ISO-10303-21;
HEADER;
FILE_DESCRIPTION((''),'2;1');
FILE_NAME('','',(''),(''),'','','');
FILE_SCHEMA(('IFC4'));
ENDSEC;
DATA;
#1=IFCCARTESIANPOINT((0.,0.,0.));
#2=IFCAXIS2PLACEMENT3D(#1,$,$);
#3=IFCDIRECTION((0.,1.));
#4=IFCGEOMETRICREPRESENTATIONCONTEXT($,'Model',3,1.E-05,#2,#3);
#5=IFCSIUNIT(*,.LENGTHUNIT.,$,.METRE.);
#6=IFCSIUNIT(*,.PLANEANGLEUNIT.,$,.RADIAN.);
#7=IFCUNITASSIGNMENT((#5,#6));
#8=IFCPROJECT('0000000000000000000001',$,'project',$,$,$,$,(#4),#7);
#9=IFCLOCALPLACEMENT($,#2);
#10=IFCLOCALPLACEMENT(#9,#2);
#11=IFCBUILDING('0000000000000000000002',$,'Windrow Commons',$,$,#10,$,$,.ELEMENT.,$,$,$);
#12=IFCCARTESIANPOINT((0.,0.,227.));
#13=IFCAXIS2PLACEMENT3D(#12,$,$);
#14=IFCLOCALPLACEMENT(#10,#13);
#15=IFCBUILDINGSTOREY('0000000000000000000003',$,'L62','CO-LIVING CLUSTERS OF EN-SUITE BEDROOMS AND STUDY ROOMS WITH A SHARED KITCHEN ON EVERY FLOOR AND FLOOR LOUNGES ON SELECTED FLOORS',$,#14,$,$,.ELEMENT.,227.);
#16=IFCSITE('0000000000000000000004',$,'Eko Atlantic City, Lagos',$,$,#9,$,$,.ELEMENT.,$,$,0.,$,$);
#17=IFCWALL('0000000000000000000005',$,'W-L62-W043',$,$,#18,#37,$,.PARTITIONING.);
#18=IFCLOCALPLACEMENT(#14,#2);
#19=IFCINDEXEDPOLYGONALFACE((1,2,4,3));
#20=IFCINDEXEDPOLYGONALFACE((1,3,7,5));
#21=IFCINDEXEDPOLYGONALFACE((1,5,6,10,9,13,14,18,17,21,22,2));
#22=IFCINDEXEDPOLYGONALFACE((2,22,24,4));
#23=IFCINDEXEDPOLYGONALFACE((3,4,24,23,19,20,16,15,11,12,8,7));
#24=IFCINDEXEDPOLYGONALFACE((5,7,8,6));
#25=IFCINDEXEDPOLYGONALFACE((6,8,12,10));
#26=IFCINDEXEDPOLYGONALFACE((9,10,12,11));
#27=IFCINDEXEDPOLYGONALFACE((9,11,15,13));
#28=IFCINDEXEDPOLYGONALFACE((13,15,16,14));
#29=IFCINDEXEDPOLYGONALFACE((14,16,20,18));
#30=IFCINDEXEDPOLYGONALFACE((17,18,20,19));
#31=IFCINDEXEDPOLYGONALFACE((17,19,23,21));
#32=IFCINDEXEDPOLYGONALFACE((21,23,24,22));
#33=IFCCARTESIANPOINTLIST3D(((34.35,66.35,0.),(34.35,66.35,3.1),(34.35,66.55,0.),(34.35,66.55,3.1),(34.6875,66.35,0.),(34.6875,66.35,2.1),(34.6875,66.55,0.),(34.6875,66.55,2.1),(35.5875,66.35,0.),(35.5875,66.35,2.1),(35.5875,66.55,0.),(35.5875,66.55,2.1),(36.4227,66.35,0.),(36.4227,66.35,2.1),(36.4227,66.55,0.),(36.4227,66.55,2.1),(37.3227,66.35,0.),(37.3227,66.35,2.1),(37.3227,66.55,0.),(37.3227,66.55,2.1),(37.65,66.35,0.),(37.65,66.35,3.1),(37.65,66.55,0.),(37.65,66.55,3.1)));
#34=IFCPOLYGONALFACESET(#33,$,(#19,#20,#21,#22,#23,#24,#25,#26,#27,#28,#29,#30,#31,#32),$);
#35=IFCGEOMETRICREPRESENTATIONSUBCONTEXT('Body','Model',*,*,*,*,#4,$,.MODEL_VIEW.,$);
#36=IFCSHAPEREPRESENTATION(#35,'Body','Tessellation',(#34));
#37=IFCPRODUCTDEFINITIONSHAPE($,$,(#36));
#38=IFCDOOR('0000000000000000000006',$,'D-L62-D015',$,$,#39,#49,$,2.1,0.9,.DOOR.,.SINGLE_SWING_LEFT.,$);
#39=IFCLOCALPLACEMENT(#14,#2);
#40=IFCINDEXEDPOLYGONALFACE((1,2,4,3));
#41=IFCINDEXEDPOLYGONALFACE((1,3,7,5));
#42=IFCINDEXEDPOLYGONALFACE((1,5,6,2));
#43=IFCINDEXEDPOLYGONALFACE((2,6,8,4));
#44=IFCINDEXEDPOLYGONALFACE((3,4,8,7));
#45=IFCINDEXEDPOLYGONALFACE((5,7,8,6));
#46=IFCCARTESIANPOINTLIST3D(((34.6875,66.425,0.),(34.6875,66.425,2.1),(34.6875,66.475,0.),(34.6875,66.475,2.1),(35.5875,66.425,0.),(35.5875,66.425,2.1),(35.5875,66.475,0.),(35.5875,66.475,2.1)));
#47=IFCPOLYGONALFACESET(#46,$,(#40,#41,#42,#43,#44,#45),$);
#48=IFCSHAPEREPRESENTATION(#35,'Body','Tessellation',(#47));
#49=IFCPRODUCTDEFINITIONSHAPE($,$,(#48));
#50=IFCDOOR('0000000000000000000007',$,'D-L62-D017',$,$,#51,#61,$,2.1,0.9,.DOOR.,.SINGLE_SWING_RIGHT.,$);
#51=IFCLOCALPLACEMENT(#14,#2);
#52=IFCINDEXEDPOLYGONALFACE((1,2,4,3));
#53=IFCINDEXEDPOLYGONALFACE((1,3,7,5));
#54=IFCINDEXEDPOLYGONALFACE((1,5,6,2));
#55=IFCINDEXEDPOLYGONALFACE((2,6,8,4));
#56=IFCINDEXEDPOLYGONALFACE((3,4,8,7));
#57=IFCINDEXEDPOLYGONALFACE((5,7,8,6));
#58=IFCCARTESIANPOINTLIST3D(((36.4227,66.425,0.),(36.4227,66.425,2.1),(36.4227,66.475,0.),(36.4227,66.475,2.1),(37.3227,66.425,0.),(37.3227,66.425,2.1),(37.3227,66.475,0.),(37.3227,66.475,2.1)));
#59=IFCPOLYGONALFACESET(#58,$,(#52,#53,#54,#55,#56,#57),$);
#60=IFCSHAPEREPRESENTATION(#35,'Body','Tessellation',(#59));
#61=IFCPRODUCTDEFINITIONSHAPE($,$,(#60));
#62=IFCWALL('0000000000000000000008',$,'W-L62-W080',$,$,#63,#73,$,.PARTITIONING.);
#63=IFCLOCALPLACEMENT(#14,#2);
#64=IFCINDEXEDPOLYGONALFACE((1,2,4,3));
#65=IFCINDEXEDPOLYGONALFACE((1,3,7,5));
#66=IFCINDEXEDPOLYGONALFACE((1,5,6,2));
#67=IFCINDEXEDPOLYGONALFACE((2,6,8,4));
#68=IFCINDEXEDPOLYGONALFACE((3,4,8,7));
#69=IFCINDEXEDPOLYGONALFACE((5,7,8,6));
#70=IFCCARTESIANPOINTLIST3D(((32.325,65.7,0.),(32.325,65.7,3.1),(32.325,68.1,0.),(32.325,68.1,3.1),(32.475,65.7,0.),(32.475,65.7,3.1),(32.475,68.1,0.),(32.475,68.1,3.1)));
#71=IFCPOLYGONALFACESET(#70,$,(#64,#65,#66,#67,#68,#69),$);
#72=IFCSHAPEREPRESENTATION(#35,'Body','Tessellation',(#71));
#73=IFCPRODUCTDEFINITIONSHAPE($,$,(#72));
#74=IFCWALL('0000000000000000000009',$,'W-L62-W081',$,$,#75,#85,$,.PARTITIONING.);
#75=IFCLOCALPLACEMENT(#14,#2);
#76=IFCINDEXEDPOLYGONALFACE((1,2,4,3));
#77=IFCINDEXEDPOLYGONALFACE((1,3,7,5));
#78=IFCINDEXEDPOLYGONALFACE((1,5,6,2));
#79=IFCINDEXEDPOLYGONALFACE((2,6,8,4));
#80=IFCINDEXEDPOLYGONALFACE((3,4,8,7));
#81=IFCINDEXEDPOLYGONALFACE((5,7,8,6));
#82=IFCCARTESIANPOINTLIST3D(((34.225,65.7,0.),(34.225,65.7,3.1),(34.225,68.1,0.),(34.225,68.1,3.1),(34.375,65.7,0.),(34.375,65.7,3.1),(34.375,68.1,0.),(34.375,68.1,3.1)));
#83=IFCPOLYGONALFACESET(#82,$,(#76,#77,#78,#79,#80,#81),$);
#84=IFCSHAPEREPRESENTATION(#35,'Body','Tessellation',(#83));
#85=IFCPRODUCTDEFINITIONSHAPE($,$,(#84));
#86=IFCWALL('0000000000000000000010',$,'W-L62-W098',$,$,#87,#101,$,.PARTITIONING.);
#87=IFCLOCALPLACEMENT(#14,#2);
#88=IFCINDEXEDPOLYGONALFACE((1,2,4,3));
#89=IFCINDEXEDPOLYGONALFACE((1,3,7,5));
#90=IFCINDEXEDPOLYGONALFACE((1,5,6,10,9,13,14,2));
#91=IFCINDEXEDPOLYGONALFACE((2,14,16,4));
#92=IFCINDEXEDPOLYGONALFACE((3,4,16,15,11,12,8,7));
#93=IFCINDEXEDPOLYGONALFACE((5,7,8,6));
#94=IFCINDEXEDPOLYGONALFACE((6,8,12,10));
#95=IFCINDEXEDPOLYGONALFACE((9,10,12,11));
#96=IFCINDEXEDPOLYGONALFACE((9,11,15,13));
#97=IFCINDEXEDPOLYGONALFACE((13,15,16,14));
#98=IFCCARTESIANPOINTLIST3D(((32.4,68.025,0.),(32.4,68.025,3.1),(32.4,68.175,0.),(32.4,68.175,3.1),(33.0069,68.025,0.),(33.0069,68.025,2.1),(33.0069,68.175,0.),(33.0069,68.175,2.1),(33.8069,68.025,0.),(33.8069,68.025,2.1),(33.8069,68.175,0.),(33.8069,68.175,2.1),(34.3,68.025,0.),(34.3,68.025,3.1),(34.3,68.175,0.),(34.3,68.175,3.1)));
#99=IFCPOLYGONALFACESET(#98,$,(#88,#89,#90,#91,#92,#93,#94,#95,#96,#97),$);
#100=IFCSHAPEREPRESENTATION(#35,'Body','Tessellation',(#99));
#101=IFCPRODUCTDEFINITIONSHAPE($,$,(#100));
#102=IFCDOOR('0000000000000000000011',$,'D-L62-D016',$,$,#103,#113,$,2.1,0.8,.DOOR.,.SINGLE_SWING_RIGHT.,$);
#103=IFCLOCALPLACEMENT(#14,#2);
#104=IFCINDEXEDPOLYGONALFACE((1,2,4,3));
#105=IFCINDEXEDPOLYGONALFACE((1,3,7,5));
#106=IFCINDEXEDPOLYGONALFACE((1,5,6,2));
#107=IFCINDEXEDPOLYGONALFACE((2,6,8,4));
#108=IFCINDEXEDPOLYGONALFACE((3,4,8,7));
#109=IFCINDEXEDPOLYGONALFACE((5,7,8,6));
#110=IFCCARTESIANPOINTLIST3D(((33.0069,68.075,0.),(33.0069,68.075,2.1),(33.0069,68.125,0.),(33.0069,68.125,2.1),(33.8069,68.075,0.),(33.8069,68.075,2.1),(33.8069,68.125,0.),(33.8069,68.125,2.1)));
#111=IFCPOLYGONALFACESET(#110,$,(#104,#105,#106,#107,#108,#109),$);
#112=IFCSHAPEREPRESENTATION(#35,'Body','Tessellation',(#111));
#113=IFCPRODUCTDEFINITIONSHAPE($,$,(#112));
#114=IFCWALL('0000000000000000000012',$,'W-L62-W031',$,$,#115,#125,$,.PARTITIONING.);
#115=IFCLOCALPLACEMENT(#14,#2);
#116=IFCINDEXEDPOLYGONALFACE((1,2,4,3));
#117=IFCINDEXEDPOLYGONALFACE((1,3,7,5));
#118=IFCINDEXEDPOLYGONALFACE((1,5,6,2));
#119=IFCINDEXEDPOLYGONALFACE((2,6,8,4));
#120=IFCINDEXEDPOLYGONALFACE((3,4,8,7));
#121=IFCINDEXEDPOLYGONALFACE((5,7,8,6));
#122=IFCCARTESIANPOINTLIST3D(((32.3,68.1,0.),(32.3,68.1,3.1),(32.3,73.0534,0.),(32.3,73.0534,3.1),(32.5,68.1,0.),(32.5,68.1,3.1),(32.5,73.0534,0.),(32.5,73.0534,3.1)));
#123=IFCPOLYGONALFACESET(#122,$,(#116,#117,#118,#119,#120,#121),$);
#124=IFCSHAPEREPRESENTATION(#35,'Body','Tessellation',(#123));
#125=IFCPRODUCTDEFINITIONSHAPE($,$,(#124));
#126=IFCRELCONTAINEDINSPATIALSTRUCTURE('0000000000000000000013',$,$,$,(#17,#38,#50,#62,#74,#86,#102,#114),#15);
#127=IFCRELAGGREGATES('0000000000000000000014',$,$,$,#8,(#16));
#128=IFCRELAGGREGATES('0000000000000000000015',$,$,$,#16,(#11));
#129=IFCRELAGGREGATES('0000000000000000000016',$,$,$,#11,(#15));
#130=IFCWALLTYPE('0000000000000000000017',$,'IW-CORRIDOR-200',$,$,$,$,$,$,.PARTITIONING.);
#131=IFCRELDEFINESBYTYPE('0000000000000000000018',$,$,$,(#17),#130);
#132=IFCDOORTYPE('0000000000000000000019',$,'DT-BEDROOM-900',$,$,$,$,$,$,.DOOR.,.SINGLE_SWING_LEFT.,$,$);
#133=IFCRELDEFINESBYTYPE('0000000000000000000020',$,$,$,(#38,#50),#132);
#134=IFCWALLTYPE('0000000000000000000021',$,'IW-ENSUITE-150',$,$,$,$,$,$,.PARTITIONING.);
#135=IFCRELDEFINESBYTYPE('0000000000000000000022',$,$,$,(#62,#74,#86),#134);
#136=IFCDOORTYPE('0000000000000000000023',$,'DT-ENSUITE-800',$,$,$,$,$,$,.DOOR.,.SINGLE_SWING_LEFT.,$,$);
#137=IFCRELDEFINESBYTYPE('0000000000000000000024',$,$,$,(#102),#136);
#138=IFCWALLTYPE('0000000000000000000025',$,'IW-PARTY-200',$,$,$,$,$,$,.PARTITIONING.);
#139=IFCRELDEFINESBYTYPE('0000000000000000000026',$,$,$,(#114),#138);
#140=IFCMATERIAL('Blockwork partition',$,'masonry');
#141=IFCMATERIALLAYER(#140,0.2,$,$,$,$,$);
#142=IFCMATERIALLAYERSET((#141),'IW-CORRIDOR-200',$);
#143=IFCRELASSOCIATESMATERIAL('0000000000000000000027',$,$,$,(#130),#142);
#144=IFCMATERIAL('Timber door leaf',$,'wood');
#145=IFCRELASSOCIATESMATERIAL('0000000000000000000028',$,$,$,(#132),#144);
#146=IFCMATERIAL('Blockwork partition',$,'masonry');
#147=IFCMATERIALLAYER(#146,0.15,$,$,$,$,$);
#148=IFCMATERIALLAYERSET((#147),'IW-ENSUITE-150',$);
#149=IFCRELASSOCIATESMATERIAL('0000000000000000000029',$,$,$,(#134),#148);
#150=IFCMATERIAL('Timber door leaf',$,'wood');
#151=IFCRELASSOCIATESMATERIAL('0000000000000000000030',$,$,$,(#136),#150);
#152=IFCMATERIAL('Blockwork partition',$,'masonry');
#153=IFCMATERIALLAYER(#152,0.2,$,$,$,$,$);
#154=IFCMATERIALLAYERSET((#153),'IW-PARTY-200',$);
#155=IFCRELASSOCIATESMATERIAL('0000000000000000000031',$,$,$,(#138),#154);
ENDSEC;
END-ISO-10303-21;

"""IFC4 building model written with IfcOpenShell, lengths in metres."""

from ifc_helpers import new_model, si_unit, direction, frame, frame_2d, origin, place, context, subcontext, project, spatial, rectangle, extrude, material, layer, layer_set, type_object, element, fill, save


model = new_model("IFC4")

# Units and contexts
model_context = context("Model", 3, precision=1e-05, world=origin(), true_north=direction((0.0, 1.0)))
body_context = subcontext(model_context, "Body", "Model", "MODEL_VIEW")
ifc_project = project(units=[si_unit("LENGTHUNIT", "METRE"), si_unit("PLANEANGLEUNIT", "RADIAN")], contexts=[model_context])

# Site, building, storey
site_placement = place(None, origin())
site = spatial("IfcSite", under=ifc_project, at=site_placement, Name="Eko Atlantic City, Lagos", CompositionType="ELEMENT", RefElevation=0.0)
building_placement = place(site_placement, origin())
building = spatial("IfcBuilding", under=site, at=building_placement, Name="Windrow Commons", CompositionType="ELEMENT")
storey_placement = place(building_placement, frame((0.0, 0.0, 227.0)))
storey = spatial("IfcBuildingStorey", under=building, at=storey_placement, Name="L62", Description="CO-LIVING CLUSTERS OF EN-SUITE BEDROOMS AND STUDY ROOMS WITH A SHARED KITCHEN ON EVERY FLOOR AND FLOOR LOUNGES ON SELECTED FLOORS", CompositionType="ELEMENT", Elevation=227.0)

# Shared definitions
ifc_material_1 = material(Name="Blockwork partition", Category="masonry")
ifc_layer_1 = layer(ifc_material_1, 0.2)
ifc_layer_set_1 = layer_set([ifc_layer_1], Name="IW-CORRIDOR-200")
wall_type_1 = type_object("IfcWallType", Name="IW-CORRIDOR-200", PredefinedType="PARTITIONING", material=ifc_layer_set_1)

# Wall, openings, doors
wall_1_placement = place(storey_placement, frame((34.35, 66.45, 0.0), z_axis=(0.0, 0.0, 1.0), x_axis=(1.0, 0.0, 0.0)))
wall_1 = element("IfcWall", 1, at=wall_1_placement, inside=storey, type_object=wall_type_1, Name="W-L62-W043", PredefinedType="PARTITIONING", context=body_context, shape_type="SweptSolid", body=[
    extrude(rectangle(XDim=3.3, YDim=0.2, at=frame_2d((1.65, 0.0))), origin(), (0.0, 0.0, 1.0), 3.1),
])
opening_1_placement = place(wall_1_placement, frame((0.3375, 0.0, 0.0)))
opening_1 = element("IfcOpeningElement", 2, at=opening_1_placement, cuts=wall_1, PredefinedType="OPENING", context=body_context, shape_type="SweptSolid", body=[
    extrude(rectangle(XDim=0.9, YDim=2.1, at=frame_2d((0.45, 1.05))), frame((0.0, 0.11, 0.0), z_axis=(0.0, -1.0, 0.0), x_axis=(1.0, 0.0, 0.0)), (0.0, 0.0, 1.0), 0.22),
])
opening_2_placement = place(wall_1_placement, frame((2.0727, 0.0, 0.0)))
opening_2 = element("IfcOpeningElement", 3, at=opening_2_placement, cuts=wall_1, PredefinedType="OPENING", context=body_context, shape_type="SweptSolid", body=[
    extrude(rectangle(XDim=0.9, YDim=2.1, at=frame_2d((0.45, 1.05))), frame((0.0, 0.11, 0.0), z_axis=(0.0, -1.0, 0.0), x_axis=(1.0, 0.0, 0.0)), (0.0, 0.0, 1.0), 0.22),
])
ifc_material_2 = material(Name="Timber door leaf", Category="wood")
door_type_1 = type_object("IfcDoorType", Name="DT-BEDROOM-900", OperationType="SINGLE_SWING_LEFT", PredefinedType="DOOR", material=ifc_material_2)
door_1_placement = place(opening_1_placement, origin())
door_1 = element("IfcDoor", 4, at=door_1_placement, inside=storey, type_object=door_type_1, Name="D-L62-D015", OperationType="SINGLE_SWING_LEFT", OverallHeight=2.1, OverallWidth=0.9, PredefinedType="DOOR", context=body_context, shape_type="SweptSolid", body=[
    extrude(rectangle(XDim=0.9, YDim=2.1, at=frame_2d((0.45, 1.05))), frame((0.0, 0.025, 0.0), z_axis=(0.0, -1.0, 0.0), x_axis=(1.0, 0.0, 0.0)), (0.0, 0.0, 1.0), 0.05),
])
fill(opening_1, door_1)
door_2_placement = place(opening_2_placement, origin())
door_2 = element("IfcDoor", 5, at=door_2_placement, inside=storey, type_object=door_type_1, Name="D-L62-D017", OperationType="SINGLE_SWING_RIGHT", OverallHeight=2.1, OverallWidth=0.9, PredefinedType="DOOR", context=body_context, shape_type="SweptSolid", body=[
    extrude(rectangle(XDim=0.9, YDim=2.1, at=frame_2d((0.45, 1.05))), frame((0.0, 0.025, 0.0), z_axis=(0.0, -1.0, 0.0), x_axis=(1.0, 0.0, 0.0)), (0.0, 0.0, 1.0), 0.05),
])
fill(opening_2, door_2)

# Walls
ifc_material_3 = material(Name="Blockwork partition", Category="masonry")
ifc_layer_2 = layer(ifc_material_3, 0.15)
ifc_layer_set_2 = layer_set([ifc_layer_2], Name="IW-ENSUITE-150")
wall_type_2 = type_object("IfcWallType", Name="IW-ENSUITE-150", PredefinedType="PARTITIONING", material=ifc_layer_set_2)
for number, where, z_axis, x_axis, name in (
    (6, (32.4, 65.7, 0.0), (0.0, 0.0, 1.0), (0.0, 1.0, 0.0), "W-L62-W080"),
    (7, (34.3, 65.7, 0.0), (0.0, 0.0, 1.0), (0.0, 1.0, 0.0), "W-L62-W081"),
):
    element("IfcWall", number, at=place(storey_placement, frame(where, z_axis=z_axis, x_axis=x_axis)), inside=storey, type_object=wall_type_2, Name=name, PredefinedType="PARTITIONING", context=body_context, shape_type="SweptSolid", body=[
        extrude(rectangle(XDim=2.4, YDim=0.15, at=frame_2d((1.2, 0.0))), origin(), (0.0, 0.0, 1.0), 3.1),
    ])

# Wall, opening, door
wall_2_placement = place(storey_placement, frame((32.4, 68.1, 0.0), z_axis=(0.0, 0.0, 1.0), x_axis=(1.0, 0.0, 0.0)))
wall_2 = element("IfcWall", 8, at=wall_2_placement, inside=storey, type_object=wall_type_2, Name="W-L62-W098", PredefinedType="PARTITIONING", context=body_context, shape_type="SweptSolid", body=[
    extrude(rectangle(XDim=1.9, YDim=0.15, at=frame_2d((0.95, 0.0))), origin(), (0.0, 0.0, 1.0), 3.1),
])
opening_3_placement = place(wall_2_placement, frame((0.6069, 0.0, 0.0)))
opening_3 = element("IfcOpeningElement", 9, at=opening_3_placement, cuts=wall_2, PredefinedType="OPENING", context=body_context, shape_type="SweptSolid", body=[
    extrude(rectangle(XDim=0.8, YDim=2.1, at=frame_2d((0.4, 1.05))), frame((0.0, 0.085, 0.0), z_axis=(0.0, -1.0, 0.0), x_axis=(1.0, 0.0, 0.0)), (0.0, 0.0, 1.0), 0.17),
])
ifc_material_4 = material(Name="Timber door leaf", Category="wood")
door_type_2 = type_object("IfcDoorType", Name="DT-ENSUITE-800", OperationType="SINGLE_SWING_LEFT", PredefinedType="DOOR", material=ifc_material_4)
door_3_placement = place(opening_3_placement, origin())
door_3 = element("IfcDoor", 10, at=door_3_placement, inside=storey, type_object=door_type_2, Name="D-L62-D016", OperationType="SINGLE_SWING_RIGHT", OverallHeight=2.1, OverallWidth=0.8, PredefinedType="DOOR", context=body_context, shape_type="SweptSolid", body=[
    extrude(rectangle(XDim=0.8, YDim=2.1, at=frame_2d((0.4, 1.05))), frame((0.0, 0.025, 0.0), z_axis=(0.0, -1.0, 0.0), x_axis=(1.0, 0.0, 0.0)), (0.0, 0.0, 1.0), 0.05),
])
fill(opening_3, door_3)

# Wall
ifc_material_5 = material(Name="Blockwork partition", Category="masonry")
ifc_layer_3 = layer(ifc_material_5, 0.2)
ifc_layer_set_3 = layer_set([ifc_layer_3], Name="IW-PARTY-200")
wall_type_3 = type_object("IfcWallType", Name="IW-PARTY-200", PredefinedType="PARTITIONING", material=ifc_layer_set_3)
wall_3_placement = place(storey_placement, frame((32.4, 68.1, 0.0), z_axis=(0.0, 0.0, 1.0), x_axis=(0.0, 1.0, 0.0)))
element("IfcWall", 11, at=wall_3_placement, inside=storey, type_object=wall_type_3, Name="W-L62-W031", PredefinedType="PARTITIONING", context=body_context, shape_type="SweptSolid", body=[
    extrude(rectangle(XDim=4.9534, YDim=0.2, at=frame_2d((2.4767, 0.0))), origin(), (0.0, 0.0, 1.0), 3.1),
])

save(model, "model.ifc")
